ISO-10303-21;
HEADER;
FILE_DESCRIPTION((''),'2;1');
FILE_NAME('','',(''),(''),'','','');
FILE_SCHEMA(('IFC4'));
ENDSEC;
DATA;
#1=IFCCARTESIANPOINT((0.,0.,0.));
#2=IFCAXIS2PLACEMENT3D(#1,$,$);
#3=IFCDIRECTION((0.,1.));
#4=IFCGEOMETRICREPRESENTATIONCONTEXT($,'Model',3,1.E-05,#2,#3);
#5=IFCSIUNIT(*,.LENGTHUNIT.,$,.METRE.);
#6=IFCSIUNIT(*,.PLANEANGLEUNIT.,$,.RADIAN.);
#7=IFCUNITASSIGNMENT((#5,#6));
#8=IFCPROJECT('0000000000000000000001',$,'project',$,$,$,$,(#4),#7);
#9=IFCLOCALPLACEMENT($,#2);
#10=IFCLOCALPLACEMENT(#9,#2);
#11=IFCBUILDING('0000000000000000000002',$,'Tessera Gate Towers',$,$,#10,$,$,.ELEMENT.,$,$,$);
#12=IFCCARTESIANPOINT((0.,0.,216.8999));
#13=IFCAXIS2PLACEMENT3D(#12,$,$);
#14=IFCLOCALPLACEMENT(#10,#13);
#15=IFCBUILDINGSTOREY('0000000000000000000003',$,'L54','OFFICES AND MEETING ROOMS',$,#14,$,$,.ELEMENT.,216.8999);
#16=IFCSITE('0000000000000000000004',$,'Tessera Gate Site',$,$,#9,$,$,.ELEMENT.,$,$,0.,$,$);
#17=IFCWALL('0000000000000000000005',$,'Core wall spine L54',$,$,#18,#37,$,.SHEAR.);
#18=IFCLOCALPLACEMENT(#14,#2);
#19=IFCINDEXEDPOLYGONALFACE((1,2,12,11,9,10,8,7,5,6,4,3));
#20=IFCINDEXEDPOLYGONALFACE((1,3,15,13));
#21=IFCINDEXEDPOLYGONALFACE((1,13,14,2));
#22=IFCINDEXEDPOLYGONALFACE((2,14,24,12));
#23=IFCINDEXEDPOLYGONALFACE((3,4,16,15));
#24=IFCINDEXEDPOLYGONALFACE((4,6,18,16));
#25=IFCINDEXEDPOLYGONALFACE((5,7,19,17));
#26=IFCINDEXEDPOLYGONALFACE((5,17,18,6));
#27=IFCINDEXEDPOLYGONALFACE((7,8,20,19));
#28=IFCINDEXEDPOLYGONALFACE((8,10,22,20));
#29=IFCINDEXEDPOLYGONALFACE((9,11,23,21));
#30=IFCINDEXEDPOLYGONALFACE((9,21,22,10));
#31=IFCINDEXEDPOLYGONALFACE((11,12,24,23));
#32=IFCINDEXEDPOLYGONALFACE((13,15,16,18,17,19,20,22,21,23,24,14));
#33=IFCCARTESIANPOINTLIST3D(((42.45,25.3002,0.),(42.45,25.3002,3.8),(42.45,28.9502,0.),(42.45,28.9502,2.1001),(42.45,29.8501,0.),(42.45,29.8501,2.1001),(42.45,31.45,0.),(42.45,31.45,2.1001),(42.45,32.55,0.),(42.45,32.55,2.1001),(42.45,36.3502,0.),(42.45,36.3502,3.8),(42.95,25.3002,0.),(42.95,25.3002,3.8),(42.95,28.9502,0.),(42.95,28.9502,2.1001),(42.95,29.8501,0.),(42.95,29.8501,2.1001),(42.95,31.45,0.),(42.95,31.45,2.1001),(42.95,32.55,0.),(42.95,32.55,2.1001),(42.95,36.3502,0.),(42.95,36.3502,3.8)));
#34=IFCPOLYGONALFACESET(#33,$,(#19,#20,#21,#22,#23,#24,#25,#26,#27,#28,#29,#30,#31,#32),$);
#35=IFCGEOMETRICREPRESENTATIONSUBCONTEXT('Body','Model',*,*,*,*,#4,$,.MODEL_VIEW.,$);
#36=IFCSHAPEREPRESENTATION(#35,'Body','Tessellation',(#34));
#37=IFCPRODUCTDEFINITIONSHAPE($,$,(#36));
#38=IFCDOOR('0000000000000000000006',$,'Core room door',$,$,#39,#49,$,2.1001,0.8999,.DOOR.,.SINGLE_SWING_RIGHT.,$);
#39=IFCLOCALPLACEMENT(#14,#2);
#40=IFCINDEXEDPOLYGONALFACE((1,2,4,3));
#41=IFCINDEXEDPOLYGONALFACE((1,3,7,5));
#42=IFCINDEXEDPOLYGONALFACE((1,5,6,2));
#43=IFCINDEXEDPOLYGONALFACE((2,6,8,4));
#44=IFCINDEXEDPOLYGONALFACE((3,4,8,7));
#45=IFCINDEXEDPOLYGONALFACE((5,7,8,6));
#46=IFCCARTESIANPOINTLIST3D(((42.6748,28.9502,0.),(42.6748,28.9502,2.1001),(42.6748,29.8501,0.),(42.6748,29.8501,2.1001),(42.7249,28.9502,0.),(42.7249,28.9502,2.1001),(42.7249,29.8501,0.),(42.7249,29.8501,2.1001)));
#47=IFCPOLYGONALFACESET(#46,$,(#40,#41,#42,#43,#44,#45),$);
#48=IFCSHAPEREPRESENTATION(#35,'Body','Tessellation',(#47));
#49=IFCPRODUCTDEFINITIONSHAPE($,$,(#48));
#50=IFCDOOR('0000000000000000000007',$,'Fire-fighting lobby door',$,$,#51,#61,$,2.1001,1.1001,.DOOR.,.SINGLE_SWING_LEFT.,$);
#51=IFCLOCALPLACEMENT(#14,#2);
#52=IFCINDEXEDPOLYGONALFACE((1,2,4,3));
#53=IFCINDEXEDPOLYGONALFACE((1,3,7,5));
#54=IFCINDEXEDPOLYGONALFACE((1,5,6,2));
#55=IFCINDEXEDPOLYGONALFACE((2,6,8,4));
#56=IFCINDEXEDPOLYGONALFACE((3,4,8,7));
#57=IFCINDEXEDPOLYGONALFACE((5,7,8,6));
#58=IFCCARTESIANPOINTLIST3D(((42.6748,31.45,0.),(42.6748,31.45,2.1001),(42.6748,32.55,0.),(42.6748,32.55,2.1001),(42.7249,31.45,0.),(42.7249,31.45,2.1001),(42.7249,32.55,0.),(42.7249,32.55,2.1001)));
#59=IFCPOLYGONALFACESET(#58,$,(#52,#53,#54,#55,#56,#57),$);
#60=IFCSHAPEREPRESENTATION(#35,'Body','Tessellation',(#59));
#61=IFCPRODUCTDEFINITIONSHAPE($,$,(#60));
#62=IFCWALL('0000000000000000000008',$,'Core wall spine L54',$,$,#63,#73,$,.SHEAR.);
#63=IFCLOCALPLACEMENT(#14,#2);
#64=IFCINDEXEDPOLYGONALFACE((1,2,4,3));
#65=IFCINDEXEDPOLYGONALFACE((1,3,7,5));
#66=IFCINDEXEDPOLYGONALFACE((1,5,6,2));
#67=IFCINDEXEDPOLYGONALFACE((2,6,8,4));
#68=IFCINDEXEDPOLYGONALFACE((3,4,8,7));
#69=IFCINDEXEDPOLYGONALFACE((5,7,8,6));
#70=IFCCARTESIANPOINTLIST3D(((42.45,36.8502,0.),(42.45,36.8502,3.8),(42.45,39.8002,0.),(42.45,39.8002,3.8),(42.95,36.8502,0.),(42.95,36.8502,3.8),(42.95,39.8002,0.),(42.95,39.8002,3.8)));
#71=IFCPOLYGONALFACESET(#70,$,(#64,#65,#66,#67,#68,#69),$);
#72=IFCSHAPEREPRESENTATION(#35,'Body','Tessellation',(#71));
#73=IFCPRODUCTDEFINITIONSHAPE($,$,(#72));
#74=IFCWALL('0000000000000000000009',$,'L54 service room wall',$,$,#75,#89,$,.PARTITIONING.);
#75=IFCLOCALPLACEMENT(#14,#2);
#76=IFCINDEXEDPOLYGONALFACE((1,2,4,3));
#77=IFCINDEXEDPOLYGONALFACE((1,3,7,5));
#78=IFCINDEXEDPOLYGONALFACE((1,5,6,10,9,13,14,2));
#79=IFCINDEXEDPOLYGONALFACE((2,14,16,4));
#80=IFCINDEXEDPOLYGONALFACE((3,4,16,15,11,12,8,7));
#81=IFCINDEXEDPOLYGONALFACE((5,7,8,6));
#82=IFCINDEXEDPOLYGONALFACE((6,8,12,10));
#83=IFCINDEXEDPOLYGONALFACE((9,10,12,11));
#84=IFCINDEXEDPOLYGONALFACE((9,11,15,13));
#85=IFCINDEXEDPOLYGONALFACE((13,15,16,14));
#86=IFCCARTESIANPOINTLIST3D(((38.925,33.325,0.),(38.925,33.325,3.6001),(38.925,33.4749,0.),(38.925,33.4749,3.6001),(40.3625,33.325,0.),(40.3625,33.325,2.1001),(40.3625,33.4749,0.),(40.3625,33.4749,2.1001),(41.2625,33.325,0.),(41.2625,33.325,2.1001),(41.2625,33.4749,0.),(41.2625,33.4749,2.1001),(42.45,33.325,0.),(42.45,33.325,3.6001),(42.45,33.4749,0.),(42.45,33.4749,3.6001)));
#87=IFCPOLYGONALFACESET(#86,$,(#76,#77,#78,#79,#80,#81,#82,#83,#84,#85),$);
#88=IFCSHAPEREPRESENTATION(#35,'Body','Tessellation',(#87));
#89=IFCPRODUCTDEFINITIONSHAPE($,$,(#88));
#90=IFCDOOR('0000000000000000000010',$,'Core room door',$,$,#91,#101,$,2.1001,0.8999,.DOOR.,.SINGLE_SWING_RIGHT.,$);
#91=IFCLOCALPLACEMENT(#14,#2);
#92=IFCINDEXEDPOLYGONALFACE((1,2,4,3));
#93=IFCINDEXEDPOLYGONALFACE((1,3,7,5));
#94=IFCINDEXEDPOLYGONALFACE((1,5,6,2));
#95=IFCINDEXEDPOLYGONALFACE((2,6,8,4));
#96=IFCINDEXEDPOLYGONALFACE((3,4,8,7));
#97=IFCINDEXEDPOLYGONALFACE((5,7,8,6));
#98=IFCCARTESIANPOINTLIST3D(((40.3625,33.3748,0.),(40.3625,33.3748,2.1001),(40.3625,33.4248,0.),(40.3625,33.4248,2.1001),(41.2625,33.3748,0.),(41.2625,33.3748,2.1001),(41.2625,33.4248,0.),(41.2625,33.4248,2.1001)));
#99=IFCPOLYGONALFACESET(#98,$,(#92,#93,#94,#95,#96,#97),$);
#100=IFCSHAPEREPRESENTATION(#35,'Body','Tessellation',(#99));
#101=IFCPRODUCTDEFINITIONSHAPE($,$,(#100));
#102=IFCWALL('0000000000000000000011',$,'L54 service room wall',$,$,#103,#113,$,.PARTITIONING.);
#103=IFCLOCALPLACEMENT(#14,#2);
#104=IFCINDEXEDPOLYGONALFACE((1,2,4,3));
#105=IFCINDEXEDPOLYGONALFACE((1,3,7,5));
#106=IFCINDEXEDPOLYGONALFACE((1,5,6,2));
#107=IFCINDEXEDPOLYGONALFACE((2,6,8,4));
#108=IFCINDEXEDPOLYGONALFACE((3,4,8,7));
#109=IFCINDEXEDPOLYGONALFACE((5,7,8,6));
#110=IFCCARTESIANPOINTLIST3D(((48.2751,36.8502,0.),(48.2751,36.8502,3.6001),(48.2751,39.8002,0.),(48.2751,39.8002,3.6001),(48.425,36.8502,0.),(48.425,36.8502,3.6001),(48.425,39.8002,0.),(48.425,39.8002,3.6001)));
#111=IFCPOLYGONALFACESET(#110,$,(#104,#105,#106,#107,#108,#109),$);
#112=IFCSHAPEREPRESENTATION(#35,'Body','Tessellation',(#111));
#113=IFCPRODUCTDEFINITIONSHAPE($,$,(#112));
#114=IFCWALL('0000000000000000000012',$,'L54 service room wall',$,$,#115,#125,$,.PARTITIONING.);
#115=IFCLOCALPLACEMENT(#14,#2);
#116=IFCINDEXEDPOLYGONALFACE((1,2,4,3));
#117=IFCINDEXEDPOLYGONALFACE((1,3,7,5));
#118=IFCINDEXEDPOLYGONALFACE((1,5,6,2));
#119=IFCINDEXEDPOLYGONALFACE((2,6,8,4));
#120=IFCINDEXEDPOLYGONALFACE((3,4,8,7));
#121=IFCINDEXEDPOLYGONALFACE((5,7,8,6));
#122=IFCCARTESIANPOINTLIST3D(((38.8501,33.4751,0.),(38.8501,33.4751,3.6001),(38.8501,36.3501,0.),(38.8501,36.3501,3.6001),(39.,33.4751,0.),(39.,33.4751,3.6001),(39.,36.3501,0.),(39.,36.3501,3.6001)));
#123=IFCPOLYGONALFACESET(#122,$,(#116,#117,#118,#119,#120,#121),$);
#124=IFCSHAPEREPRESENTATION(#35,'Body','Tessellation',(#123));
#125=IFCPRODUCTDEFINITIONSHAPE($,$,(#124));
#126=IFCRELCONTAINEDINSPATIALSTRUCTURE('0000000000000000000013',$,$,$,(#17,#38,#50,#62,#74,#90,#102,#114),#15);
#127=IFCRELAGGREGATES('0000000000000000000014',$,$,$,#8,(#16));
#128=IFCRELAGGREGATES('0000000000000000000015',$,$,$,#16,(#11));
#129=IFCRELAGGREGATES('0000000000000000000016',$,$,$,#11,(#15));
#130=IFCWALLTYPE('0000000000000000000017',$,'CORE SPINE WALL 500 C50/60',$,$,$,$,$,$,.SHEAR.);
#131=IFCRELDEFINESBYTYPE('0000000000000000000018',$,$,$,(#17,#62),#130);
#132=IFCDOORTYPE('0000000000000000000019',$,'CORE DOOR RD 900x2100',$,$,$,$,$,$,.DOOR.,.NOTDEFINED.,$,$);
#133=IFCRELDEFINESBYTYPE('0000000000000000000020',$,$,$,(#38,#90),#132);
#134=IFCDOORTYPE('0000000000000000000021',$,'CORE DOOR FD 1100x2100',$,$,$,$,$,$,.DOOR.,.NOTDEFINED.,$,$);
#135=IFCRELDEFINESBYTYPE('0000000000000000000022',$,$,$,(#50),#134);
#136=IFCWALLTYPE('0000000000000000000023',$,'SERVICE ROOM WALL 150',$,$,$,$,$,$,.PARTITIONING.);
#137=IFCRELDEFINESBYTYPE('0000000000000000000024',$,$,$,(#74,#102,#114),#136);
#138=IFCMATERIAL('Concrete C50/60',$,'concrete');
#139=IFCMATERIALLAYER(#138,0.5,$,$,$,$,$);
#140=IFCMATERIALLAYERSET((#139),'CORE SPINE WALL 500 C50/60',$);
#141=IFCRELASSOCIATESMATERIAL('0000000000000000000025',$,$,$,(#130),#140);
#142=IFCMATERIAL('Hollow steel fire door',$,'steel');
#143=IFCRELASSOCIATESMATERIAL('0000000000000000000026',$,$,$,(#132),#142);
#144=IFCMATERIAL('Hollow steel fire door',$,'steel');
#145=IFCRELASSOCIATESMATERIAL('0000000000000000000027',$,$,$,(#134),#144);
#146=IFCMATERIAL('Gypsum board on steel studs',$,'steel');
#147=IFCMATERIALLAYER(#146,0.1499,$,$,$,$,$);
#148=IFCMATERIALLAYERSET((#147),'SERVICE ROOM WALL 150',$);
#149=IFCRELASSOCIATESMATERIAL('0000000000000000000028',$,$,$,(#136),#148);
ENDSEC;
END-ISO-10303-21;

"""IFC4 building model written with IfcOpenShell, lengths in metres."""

from ifc_helpers import new_model, si_unit, direction, frame, frame_2d, origin, place, context, subcontext, project, spatial, rectangle, extrude, source, transform, mapped, material, layer, layer_set, type_object, element, fill, save


model = new_model("IFC4")

# Units and contexts
model_context = context("Model", 3, precision=1e-05, world=origin(), true_north=direction((0.0, 1.0)))
body_context = subcontext(model_context, "Body", "Model", "MODEL_VIEW")
ifc_project = project(units=[si_unit("LENGTHUNIT", "METRE"), si_unit("PLANEANGLEUNIT", "RADIAN")], contexts=[model_context])

# Site, building, storey
site_placement = place(None, origin())
site = spatial("IfcSite", under=ifc_project, at=site_placement, Name="Tessera Gate Site", CompositionType="ELEMENT", RefElevation=0.0)
building_placement = place(site_placement, origin())
building = spatial("IfcBuilding", under=site, at=building_placement, Name="Tessera Gate Towers", CompositionType="ELEMENT")
storey_placement = place(building_placement, frame((0.0, 0.0, 216.8999)))
storey = spatial("IfcBuildingStorey", under=building, at=storey_placement, Name="L54", Description="OFFICES AND MEETING ROOMS", CompositionType="ELEMENT", Elevation=216.8999)

# Wall, openings, doors
ifc_material_1 = material(Name="Concrete C50/60", Category="concrete")
ifc_layer_1 = layer(ifc_material_1, 0.5)
ifc_layer_set_1 = layer_set([ifc_layer_1], Name="CORE SPINE WALL 500 C50/60")
wall_type_1 = type_object("IfcWallType", Name="CORE SPINE WALL 500 C50/60", PredefinedType="SHEAR", material=ifc_layer_set_1)
wall_1_placement = place(storey_placement, frame((42.7, 36.3501, 0.0), z_axis=(0.0, 0.0, 1.0), x_axis=(0.0, -1.0, 0.0)))
wall_1 = element("IfcWall", 1, at=wall_1_placement, inside=storey, type_object=wall_type_1, Name="Core wall spine L54", PredefinedType="SHEAR", context=body_context, shape_type="SweptSolid", body=[
    extrude(rectangle(XDim=11.05, YDim=0.5, at=frame_2d((5.5249, 0.0))), origin(), (0.0, 0.0, 1.0), 3.8),
])
shared_shape_1 = source(origin(), body_context, "Body", "SweptSolid", [
    extrude(rectangle(XDim=0.8999, YDim=2.1001, at=frame_2d((0.45, 1.05))), frame((0.0, 0.26, 0.0), z_axis=(0.0, -1.0, 0.0), x_axis=(1.0, 0.0, 0.0)), (0.0, 0.0, 1.0), 0.52),
])
opening_1_placement = place(wall_1_placement, frame((6.5, 0.0, 0.0)))
opening_1 = element("IfcOpeningElement", 2, at=opening_1_placement, cuts=wall_1, PredefinedType="OPENING", context=body_context, shape_type="MappedRepresentation", body=[
    mapped(shared_shape_1, transform((0.0, 0.0, 0.0), scale=1.0)),
])
shared_shape_2 = source(origin(), body_context, "Body", "SweptSolid", [
    extrude(rectangle(XDim=1.1001, YDim=2.1001, at=frame_2d((0.55, 1.05))), frame((0.0, 0.26, 0.0), z_axis=(0.0, -1.0, 0.0), x_axis=(1.0, 0.0, 0.0)), (0.0, 0.0, 1.0), 0.52),
])
opening_2_placement = place(wall_1_placement, frame((3.8, 0.0, 0.0)))
opening_2 = element("IfcOpeningElement", 3, at=opening_2_placement, cuts=wall_1, PredefinedType="OPENING", context=body_context, shape_type="MappedRepresentation", body=[
    mapped(shared_shape_2, transform((0.0, 0.0, 0.0), scale=1.0)),
])
ifc_material_2 = material(Name="Hollow steel fire door", Category="steel")
door_type_1 = type_object("IfcDoorType", Name="CORE DOOR RD 900x2100", OperationType="NOTDEFINED", PredefinedType="DOOR", material=ifc_material_2)
shared_shape_3 = source(origin(), body_context, "Body", "SweptSolid", [
    extrude(rectangle(XDim=0.8999, YDim=2.1001, at=frame_2d((0.45, 1.05))), frame((0.0, 0.0249, 0.0), z_axis=(0.0, -1.0, 0.0), x_axis=(1.0, 0.0, 0.0)), (0.0, 0.0, 1.0), 0.05),
])
door_1_placement = place(opening_1_placement, origin())
door_1 = element("IfcDoor", 4, at=door_1_placement, inside=storey, type_object=door_type_1, Name="Core room door", OperationType="SINGLE_SWING_RIGHT", OverallHeight=2.1001, OverallWidth=0.8999, PredefinedType="DOOR", context=body_context, shape_type="MappedRepresentation", body=[
    mapped(shared_shape_3, transform((0.0, 0.0, 0.0), scale=1.0)),
])
fill(opening_1, door_1)
ifc_material_3 = material(Name="Hollow steel fire door", Category="steel")
door_type_2 = type_object("IfcDoorType", Name="CORE DOOR FD 1100x2100", OperationType="NOTDEFINED", PredefinedType="DOOR", material=ifc_material_3)
shared_shape_4 = source(origin(), body_context, "Body", "SweptSolid", [
    extrude(rectangle(XDim=1.1001, YDim=2.1001, at=frame_2d((0.55, 1.05))), frame((0.0, 0.0249, 0.0), z_axis=(0.0, -1.0, 0.0), x_axis=(1.0, 0.0, 0.0)), (0.0, 0.0, 1.0), 0.05),
])
door_2_placement = place(opening_2_placement, origin())
door_2 = element("IfcDoor", 5, at=door_2_placement, inside=storey, type_object=door_type_2, Name="Fire-fighting lobby door", OperationType="SINGLE_SWING_LEFT", OverallHeight=2.1001, OverallWidth=1.1001, PredefinedType="DOOR", context=body_context, shape_type="MappedRepresentation", body=[
    mapped(shared_shape_4, transform((0.0, 0.0, 0.0), scale=1.0)),
])
fill(opening_2, door_2)

# Wall
wall_2_placement = place(storey_placement, frame((42.7, 36.8501, 0.0), z_axis=(0.0, 0.0, 1.0), x_axis=(0.0, 1.0, 0.0)))
element("IfcWall", 6, at=wall_2_placement, inside=storey, type_object=wall_type_1, Name="Core wall spine L54", PredefinedType="SHEAR", context=body_context, shape_type="SweptSolid", body=[
    extrude(rectangle(XDim=2.95, YDim=0.5, at=frame_2d((1.4751, 0.0))), origin(), (0.0, 0.0, 1.0), 3.8),
])

# Wall, opening, door
ifc_material_4 = material(Name="Gypsum board on steel studs", Category="steel")
ifc_layer_2 = layer(ifc_material_4, 0.1499)
ifc_layer_set_2 = layer_set([ifc_layer_2], Name="SERVICE ROOM WALL 150")
wall_type_2 = type_object("IfcWallType", Name="SERVICE ROOM WALL 150", PredefinedType="PARTITIONING", material=ifc_layer_set_2)
wall_3_placement = place(storey_placement, frame((38.925, 33.3999, 0.0), z_axis=(0.0, 0.0, 1.0), x_axis=(1.0, 0.0, 0.0)))
wall_3 = element("IfcWall", 7, at=wall_3_placement, inside=storey, type_object=wall_type_2, Name="L54 service room wall", PredefinedType="PARTITIONING", context=body_context, shape_type="SweptSolid", body=[
    extrude(rectangle(XDim=3.5249, YDim=0.1499, at=frame_2d((1.7625, 0.0))), origin(), (0.0, 0.0, 1.0), 3.6001),
])
shared_shape_5 = source(origin(), body_context, "Body", "SweptSolid", [
    extrude(rectangle(XDim=0.8999, YDim=2.1001, at=frame_2d((0.45, 1.05))), frame((0.0, 0.085, 0.0), z_axis=(0.0, -1.0, 0.0), x_axis=(1.0, 0.0, 0.0)), (0.0, 0.0, 1.0), 0.1699),
])
opening_3_placement = place(wall_3_placement, frame((1.4375, 0.0, 0.0)))
opening_3 = element("IfcOpeningElement", 8, at=opening_3_placement, cuts=wall_3, PredefinedType="OPENING", context=body_context, shape_type="MappedRepresentation", body=[
    mapped(shared_shape_5, transform((0.0, 0.0, 0.0), scale=1.0)),
])
door_3_placement = place(opening_3_placement, origin())
door_3 = element("IfcDoor", 9, at=door_3_placement, inside=storey, type_object=door_type_1, Name="Core room door", OperationType="SINGLE_SWING_RIGHT", OverallHeight=2.1001, OverallWidth=0.8999, PredefinedType="DOOR", context=body_context, shape_type="MappedRepresentation", body=[
    mapped(shared_shape_3, transform((0.0, 0.0, 0.0), scale=1.0)),
])
fill(opening_3, door_3)

# Walls
wall_4_placement = place(storey_placement, frame((48.3501, 36.8501, 0.0), z_axis=(0.0, 0.0, 1.0), x_axis=(0.0, 1.0, 0.0)))
element("IfcWall", 10, at=wall_4_placement, inside=storey, type_object=wall_type_2, Name="L54 service room wall", PredefinedType="PARTITIONING", context=body_context, shape_type="SweptSolid", body=[
    extrude(rectangle(XDim=2.95, YDim=0.1499, at=frame_2d((1.4751, 0.0))), origin(), (0.0, 0.0, 1.0), 3.6001),
])
wall_5_placement = place(storey_placement, frame((38.925, 33.4751, 0.0), z_axis=(0.0, 0.0, 1.0), x_axis=(0.0, 1.0, 0.0)))
element("IfcWall", 11, at=wall_5_placement, inside=storey, type_object=wall_type_2, Name="L54 service room wall", PredefinedType="PARTITIONING", context=body_context, shape_type="SweptSolid", body=[
    extrude(rectangle(XDim=2.875, YDim=0.1499, at=frame_2d((1.4375, 0.0))), origin(), (0.0, 0.0, 1.0), 3.6001),
])

save(model, "model.ifc")
